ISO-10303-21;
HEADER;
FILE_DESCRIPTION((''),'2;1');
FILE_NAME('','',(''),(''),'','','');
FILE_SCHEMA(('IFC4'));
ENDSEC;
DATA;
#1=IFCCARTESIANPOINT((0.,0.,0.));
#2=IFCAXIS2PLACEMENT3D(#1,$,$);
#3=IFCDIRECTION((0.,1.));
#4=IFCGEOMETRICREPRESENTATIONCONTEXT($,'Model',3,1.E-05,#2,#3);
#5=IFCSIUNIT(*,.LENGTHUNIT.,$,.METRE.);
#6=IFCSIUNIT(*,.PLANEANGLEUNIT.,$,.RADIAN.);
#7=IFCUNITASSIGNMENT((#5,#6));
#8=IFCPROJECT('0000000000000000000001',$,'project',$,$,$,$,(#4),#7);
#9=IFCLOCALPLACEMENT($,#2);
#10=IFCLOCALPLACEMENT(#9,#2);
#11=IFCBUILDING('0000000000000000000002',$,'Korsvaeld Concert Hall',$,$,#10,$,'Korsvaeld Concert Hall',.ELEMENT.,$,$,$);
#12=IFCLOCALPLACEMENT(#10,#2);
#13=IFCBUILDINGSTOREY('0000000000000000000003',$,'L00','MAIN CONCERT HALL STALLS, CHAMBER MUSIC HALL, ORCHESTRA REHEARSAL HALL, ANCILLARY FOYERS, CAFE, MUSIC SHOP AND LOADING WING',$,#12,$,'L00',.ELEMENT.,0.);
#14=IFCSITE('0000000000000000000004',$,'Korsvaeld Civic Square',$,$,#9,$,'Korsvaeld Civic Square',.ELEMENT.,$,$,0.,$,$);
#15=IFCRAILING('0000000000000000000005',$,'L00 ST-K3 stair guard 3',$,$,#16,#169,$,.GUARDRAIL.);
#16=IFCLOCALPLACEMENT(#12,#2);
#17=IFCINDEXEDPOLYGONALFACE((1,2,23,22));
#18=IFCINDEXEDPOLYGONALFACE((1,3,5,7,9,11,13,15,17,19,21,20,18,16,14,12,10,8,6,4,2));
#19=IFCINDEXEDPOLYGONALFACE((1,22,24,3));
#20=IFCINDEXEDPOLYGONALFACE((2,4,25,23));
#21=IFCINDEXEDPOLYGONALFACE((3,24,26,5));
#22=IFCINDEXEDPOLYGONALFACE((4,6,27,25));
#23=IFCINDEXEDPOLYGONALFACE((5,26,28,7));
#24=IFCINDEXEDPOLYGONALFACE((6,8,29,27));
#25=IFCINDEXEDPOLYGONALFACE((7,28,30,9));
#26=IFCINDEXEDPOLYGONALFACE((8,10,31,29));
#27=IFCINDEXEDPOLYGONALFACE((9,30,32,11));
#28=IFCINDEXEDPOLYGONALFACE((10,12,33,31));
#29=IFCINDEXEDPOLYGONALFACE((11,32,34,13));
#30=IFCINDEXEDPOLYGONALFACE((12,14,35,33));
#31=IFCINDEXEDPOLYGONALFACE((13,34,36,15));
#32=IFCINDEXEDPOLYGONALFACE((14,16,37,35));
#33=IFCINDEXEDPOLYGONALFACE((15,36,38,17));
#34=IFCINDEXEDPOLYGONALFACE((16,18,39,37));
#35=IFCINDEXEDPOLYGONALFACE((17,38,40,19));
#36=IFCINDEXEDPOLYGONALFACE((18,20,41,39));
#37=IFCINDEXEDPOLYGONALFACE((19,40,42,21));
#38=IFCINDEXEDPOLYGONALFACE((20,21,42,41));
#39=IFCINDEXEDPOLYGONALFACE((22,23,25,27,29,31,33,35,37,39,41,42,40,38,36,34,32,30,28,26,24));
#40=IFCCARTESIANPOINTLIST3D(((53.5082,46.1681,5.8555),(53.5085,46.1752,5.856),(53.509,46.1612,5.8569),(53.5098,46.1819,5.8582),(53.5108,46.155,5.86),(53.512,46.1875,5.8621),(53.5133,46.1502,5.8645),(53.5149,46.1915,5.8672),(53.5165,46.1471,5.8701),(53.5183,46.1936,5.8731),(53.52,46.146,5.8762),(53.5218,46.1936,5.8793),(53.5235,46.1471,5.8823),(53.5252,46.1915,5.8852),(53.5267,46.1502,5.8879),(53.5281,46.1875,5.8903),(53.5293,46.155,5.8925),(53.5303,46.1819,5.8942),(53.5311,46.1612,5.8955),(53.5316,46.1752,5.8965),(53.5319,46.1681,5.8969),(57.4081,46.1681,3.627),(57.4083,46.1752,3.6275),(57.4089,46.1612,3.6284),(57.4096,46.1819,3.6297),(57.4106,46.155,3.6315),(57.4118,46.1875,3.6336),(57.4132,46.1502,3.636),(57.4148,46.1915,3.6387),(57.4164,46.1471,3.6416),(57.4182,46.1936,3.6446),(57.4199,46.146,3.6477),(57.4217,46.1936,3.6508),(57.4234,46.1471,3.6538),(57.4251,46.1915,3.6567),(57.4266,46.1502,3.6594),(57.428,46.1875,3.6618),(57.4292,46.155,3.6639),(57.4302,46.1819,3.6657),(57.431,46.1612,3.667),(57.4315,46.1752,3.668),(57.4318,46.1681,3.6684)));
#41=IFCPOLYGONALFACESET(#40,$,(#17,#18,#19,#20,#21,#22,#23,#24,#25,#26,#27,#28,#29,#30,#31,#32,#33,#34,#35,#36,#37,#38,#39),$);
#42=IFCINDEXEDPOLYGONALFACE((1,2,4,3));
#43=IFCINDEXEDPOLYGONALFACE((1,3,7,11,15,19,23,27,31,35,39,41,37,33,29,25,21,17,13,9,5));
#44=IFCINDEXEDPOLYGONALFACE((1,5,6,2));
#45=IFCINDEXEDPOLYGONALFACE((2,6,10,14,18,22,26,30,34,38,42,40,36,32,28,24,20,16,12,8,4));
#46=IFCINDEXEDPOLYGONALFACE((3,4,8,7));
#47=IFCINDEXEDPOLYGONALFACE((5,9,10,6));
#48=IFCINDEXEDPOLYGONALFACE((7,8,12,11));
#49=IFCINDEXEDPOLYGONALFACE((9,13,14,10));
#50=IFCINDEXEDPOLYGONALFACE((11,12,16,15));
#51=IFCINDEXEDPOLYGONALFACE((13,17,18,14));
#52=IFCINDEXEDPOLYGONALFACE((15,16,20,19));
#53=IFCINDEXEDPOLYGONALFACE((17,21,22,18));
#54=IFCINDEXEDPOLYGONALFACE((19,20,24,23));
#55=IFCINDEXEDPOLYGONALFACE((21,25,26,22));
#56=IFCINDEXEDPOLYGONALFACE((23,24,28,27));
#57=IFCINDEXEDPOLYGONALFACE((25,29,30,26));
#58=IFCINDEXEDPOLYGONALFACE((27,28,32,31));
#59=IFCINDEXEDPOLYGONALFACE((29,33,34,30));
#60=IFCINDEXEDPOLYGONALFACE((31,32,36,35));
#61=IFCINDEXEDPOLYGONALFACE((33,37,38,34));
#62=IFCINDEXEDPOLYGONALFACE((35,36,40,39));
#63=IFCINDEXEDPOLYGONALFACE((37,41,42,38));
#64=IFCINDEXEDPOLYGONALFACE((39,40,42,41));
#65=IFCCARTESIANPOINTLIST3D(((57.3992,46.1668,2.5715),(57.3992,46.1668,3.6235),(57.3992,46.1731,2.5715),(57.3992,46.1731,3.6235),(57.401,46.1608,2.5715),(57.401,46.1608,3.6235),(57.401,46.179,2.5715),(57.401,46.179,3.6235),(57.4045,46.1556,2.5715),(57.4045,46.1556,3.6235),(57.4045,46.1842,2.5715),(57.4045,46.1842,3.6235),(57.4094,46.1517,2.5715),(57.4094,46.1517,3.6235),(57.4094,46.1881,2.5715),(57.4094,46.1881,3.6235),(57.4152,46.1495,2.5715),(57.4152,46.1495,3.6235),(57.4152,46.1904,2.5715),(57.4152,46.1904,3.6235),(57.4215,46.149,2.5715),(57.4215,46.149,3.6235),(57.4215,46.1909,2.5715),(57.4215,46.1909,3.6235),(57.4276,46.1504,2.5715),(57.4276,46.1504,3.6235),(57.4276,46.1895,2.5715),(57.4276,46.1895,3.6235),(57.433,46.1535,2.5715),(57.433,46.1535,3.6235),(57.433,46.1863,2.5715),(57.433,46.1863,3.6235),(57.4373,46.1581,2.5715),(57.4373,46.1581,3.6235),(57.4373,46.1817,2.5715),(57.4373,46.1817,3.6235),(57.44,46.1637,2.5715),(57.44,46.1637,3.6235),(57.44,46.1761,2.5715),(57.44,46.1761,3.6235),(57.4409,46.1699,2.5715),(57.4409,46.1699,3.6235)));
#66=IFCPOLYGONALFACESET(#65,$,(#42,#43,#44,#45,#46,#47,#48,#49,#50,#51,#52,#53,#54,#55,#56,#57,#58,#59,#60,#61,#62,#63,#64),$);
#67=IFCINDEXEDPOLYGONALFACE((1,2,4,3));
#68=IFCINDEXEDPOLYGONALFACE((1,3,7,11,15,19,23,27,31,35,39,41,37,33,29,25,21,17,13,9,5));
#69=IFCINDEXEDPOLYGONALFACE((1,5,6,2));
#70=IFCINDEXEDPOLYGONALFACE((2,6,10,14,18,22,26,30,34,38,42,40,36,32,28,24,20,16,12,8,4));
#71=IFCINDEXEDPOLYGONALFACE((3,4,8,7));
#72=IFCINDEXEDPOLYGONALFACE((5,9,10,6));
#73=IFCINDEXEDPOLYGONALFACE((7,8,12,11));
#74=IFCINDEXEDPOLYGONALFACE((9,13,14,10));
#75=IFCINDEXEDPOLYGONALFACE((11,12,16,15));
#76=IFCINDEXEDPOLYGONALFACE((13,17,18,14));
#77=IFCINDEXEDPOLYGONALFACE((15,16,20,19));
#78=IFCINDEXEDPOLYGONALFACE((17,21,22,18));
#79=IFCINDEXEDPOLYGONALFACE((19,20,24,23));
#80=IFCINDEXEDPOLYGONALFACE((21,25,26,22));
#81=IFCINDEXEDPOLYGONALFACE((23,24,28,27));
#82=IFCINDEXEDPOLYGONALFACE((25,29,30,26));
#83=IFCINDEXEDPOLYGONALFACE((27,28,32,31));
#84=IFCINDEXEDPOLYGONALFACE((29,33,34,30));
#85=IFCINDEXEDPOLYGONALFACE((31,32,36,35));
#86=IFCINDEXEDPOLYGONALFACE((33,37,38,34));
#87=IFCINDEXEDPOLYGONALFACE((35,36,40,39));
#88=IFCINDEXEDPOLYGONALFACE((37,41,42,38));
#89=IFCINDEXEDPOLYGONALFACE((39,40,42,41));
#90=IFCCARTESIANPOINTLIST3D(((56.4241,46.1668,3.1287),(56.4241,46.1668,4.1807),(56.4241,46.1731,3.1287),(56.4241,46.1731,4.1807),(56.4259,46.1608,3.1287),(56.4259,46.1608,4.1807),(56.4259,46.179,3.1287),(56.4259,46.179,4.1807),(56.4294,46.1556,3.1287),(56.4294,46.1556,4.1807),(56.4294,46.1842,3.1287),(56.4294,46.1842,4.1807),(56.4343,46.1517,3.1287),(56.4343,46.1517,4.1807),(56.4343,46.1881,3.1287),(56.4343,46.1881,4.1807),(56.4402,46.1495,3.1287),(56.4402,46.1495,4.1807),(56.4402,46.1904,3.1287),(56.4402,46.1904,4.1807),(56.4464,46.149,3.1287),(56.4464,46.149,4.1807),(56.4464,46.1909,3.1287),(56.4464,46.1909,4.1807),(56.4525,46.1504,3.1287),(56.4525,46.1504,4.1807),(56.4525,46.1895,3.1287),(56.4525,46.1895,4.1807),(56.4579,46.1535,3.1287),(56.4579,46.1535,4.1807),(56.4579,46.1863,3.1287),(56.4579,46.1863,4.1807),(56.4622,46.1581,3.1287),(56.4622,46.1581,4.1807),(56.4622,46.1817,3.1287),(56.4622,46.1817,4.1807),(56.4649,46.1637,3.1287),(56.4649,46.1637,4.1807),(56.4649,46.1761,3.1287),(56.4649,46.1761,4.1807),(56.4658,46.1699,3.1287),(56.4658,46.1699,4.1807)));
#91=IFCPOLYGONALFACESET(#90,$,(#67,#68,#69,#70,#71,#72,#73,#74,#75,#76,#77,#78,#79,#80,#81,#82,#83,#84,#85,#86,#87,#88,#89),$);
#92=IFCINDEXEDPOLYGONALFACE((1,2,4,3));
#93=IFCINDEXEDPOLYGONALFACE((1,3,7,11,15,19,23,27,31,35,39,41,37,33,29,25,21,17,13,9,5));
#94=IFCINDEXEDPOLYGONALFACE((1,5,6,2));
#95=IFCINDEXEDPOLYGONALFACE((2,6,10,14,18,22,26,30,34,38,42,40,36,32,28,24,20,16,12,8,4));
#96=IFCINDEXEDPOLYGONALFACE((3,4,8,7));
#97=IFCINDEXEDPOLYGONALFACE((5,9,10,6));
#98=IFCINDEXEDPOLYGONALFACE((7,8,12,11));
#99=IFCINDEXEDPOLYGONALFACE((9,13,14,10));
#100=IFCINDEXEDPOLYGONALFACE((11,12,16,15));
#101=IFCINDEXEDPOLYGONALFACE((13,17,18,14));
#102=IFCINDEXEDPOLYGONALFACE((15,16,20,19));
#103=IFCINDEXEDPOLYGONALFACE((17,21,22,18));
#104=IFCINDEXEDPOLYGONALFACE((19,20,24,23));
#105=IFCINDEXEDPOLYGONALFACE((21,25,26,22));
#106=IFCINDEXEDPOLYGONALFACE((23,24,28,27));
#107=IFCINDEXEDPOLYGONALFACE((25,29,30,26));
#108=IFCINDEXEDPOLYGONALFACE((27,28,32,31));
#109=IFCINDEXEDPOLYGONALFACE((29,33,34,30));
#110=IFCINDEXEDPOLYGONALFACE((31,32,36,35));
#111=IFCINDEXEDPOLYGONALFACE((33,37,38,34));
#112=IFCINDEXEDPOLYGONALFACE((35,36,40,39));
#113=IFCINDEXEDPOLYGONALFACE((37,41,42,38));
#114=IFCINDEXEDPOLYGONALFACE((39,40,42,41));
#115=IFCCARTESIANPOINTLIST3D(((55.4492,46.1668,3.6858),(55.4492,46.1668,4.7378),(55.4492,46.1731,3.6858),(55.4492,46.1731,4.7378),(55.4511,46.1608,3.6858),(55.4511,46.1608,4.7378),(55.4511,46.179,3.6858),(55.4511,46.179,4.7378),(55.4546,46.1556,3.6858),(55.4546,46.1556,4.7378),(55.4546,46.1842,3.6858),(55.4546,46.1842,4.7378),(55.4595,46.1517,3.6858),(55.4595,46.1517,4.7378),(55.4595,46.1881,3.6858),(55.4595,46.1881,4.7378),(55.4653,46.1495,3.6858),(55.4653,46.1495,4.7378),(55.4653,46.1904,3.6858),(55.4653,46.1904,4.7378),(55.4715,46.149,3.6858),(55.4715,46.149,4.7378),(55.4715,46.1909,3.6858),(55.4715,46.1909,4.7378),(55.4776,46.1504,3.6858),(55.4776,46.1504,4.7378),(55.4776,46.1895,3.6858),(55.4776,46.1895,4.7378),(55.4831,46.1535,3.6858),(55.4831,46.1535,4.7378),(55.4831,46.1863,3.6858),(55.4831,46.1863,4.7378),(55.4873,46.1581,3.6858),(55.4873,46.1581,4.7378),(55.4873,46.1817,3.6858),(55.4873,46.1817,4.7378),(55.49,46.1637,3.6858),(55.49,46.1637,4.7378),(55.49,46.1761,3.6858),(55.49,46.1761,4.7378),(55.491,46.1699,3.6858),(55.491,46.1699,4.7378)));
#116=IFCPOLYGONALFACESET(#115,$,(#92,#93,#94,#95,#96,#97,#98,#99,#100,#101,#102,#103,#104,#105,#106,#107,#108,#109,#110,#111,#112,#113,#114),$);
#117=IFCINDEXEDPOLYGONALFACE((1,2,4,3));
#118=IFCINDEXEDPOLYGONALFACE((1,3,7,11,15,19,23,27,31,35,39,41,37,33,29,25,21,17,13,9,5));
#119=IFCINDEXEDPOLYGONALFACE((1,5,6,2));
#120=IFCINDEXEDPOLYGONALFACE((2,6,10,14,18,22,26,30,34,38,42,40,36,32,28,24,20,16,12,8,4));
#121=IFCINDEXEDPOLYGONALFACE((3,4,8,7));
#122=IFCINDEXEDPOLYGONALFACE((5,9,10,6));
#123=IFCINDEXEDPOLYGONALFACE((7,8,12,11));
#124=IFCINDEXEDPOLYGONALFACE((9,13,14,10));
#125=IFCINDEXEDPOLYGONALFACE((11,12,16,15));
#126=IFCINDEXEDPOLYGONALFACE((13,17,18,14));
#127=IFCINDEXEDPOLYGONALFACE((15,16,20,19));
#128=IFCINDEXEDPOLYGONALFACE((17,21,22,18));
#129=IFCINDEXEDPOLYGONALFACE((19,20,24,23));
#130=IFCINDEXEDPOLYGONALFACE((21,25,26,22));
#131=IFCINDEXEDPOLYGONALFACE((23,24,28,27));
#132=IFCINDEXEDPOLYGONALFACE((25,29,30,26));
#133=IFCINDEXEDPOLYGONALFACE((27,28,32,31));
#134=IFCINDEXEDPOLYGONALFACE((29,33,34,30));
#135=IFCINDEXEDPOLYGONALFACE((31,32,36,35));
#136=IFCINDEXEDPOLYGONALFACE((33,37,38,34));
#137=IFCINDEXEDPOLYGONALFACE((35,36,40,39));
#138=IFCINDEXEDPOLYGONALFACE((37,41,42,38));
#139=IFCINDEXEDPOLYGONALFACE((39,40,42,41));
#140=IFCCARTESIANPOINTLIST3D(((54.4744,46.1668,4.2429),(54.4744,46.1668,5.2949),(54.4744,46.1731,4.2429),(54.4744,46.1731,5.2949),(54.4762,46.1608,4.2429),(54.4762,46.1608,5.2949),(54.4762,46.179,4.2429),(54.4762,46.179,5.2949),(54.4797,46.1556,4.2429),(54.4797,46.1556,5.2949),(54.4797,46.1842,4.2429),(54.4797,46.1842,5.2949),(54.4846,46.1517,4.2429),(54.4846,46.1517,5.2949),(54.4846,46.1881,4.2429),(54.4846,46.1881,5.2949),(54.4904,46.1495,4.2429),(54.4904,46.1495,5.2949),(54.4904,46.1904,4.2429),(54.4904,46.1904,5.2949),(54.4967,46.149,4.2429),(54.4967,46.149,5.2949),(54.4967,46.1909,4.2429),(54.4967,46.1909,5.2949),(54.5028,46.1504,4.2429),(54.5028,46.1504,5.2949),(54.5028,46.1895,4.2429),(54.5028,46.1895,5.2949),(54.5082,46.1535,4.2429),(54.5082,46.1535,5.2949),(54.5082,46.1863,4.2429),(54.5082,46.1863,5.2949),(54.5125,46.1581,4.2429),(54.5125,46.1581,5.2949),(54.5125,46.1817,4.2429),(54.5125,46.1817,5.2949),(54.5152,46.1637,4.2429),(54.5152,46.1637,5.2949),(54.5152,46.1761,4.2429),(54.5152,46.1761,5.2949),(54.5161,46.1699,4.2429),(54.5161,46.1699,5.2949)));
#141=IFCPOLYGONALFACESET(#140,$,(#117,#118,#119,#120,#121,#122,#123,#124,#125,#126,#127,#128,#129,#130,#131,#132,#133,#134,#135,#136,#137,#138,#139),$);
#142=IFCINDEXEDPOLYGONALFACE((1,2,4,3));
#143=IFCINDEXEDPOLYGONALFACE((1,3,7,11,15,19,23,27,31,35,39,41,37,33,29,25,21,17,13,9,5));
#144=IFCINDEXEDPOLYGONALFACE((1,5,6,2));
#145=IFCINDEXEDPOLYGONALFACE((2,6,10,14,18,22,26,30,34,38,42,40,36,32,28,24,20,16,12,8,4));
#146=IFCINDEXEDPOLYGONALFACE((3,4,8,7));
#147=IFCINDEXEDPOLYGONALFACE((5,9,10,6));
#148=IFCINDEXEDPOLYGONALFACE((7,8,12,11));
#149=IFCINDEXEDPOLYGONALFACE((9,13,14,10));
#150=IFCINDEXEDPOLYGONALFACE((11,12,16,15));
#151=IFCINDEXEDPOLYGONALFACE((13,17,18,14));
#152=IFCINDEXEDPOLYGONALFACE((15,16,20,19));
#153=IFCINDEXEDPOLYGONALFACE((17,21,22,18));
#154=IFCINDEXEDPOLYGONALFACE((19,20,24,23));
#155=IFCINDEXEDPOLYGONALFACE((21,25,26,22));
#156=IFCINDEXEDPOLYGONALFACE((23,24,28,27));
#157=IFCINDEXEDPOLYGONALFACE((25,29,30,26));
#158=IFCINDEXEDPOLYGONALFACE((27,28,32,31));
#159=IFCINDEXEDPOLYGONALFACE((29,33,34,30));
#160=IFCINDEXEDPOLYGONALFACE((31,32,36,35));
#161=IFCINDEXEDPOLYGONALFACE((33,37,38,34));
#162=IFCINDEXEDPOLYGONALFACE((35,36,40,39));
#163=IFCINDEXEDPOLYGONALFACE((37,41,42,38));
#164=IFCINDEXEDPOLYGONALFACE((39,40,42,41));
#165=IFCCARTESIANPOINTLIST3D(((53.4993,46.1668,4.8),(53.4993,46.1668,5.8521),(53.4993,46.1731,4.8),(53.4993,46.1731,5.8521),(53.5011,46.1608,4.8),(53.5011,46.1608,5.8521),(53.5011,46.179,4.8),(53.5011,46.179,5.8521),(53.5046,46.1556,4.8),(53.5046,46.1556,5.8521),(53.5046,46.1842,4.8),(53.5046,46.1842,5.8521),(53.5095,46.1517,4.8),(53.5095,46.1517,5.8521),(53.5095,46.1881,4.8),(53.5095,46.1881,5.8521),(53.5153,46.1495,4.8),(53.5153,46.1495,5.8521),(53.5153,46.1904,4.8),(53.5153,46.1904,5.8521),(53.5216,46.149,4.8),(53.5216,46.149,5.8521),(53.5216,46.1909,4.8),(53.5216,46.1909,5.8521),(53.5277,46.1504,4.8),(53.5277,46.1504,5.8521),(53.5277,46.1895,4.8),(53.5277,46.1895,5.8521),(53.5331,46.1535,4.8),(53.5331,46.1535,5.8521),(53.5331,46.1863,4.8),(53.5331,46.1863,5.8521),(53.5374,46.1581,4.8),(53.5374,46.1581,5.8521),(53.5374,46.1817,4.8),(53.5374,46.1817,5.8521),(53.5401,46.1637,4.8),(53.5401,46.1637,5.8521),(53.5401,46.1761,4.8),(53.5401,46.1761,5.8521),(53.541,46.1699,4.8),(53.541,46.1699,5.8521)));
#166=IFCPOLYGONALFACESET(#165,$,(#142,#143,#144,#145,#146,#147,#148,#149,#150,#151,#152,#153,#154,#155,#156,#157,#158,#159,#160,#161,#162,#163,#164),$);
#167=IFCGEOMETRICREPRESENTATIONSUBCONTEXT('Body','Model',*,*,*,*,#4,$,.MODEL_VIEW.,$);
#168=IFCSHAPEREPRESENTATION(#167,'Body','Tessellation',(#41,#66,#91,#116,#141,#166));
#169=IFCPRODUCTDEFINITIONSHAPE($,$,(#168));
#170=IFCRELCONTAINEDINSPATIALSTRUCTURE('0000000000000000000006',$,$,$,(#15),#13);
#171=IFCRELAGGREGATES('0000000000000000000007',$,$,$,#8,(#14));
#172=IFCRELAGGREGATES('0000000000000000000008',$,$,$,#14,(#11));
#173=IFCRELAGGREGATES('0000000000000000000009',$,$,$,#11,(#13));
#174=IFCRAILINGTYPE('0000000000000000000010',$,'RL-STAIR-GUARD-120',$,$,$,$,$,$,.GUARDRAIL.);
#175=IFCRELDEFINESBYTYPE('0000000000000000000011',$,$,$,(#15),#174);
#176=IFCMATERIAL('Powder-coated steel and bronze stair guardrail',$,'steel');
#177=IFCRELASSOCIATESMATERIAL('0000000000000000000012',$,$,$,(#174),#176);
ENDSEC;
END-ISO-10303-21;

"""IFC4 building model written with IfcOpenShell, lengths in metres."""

from ifc_helpers import new_model, si_unit, direction, frame, origin, origin_2d, place, context, subcontext, project, spatial, circle, extrude, material, type_object, element, save


model = new_model("IFC4")

# Units and contexts
model_context = context("Model", 3, precision=1e-05, world=origin(), true_north=direction((0.0, 1.0)))
body_context = subcontext(model_context, "Body", "Model", "MODEL_VIEW")
ifc_project = project(units=[si_unit("LENGTHUNIT", "METRE"), si_unit("PLANEANGLEUNIT", "RADIAN")], contexts=[model_context])

# Site, building, storey
site_placement = place(None, origin())
site = spatial("IfcSite", under=ifc_project, at=site_placement, Name="Korsvaeld Civic Square", LongName="Korsvaeld Civic Square", CompositionType="ELEMENT", RefElevation=0.0)
building_placement = place(site_placement, origin())
building = spatial("IfcBuilding", under=site, at=building_placement, Name="Korsvaeld Concert Hall", LongName="Korsvaeld Concert Hall", CompositionType="ELEMENT")
storey_placement = place(building_placement, origin())
storey = spatial("IfcBuildingStorey", under=building, at=storey_placement, Name="L00", Description="MAIN CONCERT HALL STALLS, CHAMBER MUSIC HALL, ORCHESTRA REHEARSAL HALL, ANCILLARY FOYERS, CAFE, MUSIC SHOP AND LOADING WING", LongName="L00", CompositionType="ELEMENT", Elevation=0.0)

# Railing
ifc_material_1 = material(Name="Powder-coated steel and bronze stair guardrail", Category="steel")
railing_type_1 = type_object("IfcRailingType", Name="RL-STAIR-GUARD-120", PredefinedType="GUARDRAIL", material=ifc_material_1)
railing_1_placement = place(storey_placement, frame((57.4199, 46.1699, 2.5715)))
element("IfcRailing", 1, at=railing_1_placement, inside=storey, type_object=railing_type_1, Name="L00 ST-K3 stair guard 3", PredefinedType="GUARDRAIL", context=body_context, shape_type="SweptSolid", body=[
    extrude(circle(Radius=0.0239, at=origin_2d()), frame((0.0, 0.0, 1.0762), z_axis=(-0.868243, 0.0, 0.496139), x_axis=(0.0, -1.0, 0.0)), (0.0, 0.0, 1.0), 4.4917),
    extrude(circle(Radius=0.021, at=origin_2d()), origin(), (0.0, 0.0, 1.0), 1.052),
    extrude(circle(Radius=0.021, at=origin_2d()), frame((-0.9751, 0.0, 0.5571)), (0.0, 0.0, 1.0), 1.052),
    extrude(circle(Radius=0.021, at=origin_2d()), frame((-1.95, 0.0, 1.1143)), (0.0, 0.0, 1.0), 1.052),
    extrude(circle(Radius=0.021, at=origin_2d()), frame((-2.9248, 0.0, 1.6714)), (0.0, 0.0, 1.0), 1.052),
    extrude(circle(Radius=0.021, at=origin_2d()), frame((-3.8999, 0.0, 2.2285)), (0.0, 0.0, 1.0), 1.052),
])

save(model, "model.ifc")
